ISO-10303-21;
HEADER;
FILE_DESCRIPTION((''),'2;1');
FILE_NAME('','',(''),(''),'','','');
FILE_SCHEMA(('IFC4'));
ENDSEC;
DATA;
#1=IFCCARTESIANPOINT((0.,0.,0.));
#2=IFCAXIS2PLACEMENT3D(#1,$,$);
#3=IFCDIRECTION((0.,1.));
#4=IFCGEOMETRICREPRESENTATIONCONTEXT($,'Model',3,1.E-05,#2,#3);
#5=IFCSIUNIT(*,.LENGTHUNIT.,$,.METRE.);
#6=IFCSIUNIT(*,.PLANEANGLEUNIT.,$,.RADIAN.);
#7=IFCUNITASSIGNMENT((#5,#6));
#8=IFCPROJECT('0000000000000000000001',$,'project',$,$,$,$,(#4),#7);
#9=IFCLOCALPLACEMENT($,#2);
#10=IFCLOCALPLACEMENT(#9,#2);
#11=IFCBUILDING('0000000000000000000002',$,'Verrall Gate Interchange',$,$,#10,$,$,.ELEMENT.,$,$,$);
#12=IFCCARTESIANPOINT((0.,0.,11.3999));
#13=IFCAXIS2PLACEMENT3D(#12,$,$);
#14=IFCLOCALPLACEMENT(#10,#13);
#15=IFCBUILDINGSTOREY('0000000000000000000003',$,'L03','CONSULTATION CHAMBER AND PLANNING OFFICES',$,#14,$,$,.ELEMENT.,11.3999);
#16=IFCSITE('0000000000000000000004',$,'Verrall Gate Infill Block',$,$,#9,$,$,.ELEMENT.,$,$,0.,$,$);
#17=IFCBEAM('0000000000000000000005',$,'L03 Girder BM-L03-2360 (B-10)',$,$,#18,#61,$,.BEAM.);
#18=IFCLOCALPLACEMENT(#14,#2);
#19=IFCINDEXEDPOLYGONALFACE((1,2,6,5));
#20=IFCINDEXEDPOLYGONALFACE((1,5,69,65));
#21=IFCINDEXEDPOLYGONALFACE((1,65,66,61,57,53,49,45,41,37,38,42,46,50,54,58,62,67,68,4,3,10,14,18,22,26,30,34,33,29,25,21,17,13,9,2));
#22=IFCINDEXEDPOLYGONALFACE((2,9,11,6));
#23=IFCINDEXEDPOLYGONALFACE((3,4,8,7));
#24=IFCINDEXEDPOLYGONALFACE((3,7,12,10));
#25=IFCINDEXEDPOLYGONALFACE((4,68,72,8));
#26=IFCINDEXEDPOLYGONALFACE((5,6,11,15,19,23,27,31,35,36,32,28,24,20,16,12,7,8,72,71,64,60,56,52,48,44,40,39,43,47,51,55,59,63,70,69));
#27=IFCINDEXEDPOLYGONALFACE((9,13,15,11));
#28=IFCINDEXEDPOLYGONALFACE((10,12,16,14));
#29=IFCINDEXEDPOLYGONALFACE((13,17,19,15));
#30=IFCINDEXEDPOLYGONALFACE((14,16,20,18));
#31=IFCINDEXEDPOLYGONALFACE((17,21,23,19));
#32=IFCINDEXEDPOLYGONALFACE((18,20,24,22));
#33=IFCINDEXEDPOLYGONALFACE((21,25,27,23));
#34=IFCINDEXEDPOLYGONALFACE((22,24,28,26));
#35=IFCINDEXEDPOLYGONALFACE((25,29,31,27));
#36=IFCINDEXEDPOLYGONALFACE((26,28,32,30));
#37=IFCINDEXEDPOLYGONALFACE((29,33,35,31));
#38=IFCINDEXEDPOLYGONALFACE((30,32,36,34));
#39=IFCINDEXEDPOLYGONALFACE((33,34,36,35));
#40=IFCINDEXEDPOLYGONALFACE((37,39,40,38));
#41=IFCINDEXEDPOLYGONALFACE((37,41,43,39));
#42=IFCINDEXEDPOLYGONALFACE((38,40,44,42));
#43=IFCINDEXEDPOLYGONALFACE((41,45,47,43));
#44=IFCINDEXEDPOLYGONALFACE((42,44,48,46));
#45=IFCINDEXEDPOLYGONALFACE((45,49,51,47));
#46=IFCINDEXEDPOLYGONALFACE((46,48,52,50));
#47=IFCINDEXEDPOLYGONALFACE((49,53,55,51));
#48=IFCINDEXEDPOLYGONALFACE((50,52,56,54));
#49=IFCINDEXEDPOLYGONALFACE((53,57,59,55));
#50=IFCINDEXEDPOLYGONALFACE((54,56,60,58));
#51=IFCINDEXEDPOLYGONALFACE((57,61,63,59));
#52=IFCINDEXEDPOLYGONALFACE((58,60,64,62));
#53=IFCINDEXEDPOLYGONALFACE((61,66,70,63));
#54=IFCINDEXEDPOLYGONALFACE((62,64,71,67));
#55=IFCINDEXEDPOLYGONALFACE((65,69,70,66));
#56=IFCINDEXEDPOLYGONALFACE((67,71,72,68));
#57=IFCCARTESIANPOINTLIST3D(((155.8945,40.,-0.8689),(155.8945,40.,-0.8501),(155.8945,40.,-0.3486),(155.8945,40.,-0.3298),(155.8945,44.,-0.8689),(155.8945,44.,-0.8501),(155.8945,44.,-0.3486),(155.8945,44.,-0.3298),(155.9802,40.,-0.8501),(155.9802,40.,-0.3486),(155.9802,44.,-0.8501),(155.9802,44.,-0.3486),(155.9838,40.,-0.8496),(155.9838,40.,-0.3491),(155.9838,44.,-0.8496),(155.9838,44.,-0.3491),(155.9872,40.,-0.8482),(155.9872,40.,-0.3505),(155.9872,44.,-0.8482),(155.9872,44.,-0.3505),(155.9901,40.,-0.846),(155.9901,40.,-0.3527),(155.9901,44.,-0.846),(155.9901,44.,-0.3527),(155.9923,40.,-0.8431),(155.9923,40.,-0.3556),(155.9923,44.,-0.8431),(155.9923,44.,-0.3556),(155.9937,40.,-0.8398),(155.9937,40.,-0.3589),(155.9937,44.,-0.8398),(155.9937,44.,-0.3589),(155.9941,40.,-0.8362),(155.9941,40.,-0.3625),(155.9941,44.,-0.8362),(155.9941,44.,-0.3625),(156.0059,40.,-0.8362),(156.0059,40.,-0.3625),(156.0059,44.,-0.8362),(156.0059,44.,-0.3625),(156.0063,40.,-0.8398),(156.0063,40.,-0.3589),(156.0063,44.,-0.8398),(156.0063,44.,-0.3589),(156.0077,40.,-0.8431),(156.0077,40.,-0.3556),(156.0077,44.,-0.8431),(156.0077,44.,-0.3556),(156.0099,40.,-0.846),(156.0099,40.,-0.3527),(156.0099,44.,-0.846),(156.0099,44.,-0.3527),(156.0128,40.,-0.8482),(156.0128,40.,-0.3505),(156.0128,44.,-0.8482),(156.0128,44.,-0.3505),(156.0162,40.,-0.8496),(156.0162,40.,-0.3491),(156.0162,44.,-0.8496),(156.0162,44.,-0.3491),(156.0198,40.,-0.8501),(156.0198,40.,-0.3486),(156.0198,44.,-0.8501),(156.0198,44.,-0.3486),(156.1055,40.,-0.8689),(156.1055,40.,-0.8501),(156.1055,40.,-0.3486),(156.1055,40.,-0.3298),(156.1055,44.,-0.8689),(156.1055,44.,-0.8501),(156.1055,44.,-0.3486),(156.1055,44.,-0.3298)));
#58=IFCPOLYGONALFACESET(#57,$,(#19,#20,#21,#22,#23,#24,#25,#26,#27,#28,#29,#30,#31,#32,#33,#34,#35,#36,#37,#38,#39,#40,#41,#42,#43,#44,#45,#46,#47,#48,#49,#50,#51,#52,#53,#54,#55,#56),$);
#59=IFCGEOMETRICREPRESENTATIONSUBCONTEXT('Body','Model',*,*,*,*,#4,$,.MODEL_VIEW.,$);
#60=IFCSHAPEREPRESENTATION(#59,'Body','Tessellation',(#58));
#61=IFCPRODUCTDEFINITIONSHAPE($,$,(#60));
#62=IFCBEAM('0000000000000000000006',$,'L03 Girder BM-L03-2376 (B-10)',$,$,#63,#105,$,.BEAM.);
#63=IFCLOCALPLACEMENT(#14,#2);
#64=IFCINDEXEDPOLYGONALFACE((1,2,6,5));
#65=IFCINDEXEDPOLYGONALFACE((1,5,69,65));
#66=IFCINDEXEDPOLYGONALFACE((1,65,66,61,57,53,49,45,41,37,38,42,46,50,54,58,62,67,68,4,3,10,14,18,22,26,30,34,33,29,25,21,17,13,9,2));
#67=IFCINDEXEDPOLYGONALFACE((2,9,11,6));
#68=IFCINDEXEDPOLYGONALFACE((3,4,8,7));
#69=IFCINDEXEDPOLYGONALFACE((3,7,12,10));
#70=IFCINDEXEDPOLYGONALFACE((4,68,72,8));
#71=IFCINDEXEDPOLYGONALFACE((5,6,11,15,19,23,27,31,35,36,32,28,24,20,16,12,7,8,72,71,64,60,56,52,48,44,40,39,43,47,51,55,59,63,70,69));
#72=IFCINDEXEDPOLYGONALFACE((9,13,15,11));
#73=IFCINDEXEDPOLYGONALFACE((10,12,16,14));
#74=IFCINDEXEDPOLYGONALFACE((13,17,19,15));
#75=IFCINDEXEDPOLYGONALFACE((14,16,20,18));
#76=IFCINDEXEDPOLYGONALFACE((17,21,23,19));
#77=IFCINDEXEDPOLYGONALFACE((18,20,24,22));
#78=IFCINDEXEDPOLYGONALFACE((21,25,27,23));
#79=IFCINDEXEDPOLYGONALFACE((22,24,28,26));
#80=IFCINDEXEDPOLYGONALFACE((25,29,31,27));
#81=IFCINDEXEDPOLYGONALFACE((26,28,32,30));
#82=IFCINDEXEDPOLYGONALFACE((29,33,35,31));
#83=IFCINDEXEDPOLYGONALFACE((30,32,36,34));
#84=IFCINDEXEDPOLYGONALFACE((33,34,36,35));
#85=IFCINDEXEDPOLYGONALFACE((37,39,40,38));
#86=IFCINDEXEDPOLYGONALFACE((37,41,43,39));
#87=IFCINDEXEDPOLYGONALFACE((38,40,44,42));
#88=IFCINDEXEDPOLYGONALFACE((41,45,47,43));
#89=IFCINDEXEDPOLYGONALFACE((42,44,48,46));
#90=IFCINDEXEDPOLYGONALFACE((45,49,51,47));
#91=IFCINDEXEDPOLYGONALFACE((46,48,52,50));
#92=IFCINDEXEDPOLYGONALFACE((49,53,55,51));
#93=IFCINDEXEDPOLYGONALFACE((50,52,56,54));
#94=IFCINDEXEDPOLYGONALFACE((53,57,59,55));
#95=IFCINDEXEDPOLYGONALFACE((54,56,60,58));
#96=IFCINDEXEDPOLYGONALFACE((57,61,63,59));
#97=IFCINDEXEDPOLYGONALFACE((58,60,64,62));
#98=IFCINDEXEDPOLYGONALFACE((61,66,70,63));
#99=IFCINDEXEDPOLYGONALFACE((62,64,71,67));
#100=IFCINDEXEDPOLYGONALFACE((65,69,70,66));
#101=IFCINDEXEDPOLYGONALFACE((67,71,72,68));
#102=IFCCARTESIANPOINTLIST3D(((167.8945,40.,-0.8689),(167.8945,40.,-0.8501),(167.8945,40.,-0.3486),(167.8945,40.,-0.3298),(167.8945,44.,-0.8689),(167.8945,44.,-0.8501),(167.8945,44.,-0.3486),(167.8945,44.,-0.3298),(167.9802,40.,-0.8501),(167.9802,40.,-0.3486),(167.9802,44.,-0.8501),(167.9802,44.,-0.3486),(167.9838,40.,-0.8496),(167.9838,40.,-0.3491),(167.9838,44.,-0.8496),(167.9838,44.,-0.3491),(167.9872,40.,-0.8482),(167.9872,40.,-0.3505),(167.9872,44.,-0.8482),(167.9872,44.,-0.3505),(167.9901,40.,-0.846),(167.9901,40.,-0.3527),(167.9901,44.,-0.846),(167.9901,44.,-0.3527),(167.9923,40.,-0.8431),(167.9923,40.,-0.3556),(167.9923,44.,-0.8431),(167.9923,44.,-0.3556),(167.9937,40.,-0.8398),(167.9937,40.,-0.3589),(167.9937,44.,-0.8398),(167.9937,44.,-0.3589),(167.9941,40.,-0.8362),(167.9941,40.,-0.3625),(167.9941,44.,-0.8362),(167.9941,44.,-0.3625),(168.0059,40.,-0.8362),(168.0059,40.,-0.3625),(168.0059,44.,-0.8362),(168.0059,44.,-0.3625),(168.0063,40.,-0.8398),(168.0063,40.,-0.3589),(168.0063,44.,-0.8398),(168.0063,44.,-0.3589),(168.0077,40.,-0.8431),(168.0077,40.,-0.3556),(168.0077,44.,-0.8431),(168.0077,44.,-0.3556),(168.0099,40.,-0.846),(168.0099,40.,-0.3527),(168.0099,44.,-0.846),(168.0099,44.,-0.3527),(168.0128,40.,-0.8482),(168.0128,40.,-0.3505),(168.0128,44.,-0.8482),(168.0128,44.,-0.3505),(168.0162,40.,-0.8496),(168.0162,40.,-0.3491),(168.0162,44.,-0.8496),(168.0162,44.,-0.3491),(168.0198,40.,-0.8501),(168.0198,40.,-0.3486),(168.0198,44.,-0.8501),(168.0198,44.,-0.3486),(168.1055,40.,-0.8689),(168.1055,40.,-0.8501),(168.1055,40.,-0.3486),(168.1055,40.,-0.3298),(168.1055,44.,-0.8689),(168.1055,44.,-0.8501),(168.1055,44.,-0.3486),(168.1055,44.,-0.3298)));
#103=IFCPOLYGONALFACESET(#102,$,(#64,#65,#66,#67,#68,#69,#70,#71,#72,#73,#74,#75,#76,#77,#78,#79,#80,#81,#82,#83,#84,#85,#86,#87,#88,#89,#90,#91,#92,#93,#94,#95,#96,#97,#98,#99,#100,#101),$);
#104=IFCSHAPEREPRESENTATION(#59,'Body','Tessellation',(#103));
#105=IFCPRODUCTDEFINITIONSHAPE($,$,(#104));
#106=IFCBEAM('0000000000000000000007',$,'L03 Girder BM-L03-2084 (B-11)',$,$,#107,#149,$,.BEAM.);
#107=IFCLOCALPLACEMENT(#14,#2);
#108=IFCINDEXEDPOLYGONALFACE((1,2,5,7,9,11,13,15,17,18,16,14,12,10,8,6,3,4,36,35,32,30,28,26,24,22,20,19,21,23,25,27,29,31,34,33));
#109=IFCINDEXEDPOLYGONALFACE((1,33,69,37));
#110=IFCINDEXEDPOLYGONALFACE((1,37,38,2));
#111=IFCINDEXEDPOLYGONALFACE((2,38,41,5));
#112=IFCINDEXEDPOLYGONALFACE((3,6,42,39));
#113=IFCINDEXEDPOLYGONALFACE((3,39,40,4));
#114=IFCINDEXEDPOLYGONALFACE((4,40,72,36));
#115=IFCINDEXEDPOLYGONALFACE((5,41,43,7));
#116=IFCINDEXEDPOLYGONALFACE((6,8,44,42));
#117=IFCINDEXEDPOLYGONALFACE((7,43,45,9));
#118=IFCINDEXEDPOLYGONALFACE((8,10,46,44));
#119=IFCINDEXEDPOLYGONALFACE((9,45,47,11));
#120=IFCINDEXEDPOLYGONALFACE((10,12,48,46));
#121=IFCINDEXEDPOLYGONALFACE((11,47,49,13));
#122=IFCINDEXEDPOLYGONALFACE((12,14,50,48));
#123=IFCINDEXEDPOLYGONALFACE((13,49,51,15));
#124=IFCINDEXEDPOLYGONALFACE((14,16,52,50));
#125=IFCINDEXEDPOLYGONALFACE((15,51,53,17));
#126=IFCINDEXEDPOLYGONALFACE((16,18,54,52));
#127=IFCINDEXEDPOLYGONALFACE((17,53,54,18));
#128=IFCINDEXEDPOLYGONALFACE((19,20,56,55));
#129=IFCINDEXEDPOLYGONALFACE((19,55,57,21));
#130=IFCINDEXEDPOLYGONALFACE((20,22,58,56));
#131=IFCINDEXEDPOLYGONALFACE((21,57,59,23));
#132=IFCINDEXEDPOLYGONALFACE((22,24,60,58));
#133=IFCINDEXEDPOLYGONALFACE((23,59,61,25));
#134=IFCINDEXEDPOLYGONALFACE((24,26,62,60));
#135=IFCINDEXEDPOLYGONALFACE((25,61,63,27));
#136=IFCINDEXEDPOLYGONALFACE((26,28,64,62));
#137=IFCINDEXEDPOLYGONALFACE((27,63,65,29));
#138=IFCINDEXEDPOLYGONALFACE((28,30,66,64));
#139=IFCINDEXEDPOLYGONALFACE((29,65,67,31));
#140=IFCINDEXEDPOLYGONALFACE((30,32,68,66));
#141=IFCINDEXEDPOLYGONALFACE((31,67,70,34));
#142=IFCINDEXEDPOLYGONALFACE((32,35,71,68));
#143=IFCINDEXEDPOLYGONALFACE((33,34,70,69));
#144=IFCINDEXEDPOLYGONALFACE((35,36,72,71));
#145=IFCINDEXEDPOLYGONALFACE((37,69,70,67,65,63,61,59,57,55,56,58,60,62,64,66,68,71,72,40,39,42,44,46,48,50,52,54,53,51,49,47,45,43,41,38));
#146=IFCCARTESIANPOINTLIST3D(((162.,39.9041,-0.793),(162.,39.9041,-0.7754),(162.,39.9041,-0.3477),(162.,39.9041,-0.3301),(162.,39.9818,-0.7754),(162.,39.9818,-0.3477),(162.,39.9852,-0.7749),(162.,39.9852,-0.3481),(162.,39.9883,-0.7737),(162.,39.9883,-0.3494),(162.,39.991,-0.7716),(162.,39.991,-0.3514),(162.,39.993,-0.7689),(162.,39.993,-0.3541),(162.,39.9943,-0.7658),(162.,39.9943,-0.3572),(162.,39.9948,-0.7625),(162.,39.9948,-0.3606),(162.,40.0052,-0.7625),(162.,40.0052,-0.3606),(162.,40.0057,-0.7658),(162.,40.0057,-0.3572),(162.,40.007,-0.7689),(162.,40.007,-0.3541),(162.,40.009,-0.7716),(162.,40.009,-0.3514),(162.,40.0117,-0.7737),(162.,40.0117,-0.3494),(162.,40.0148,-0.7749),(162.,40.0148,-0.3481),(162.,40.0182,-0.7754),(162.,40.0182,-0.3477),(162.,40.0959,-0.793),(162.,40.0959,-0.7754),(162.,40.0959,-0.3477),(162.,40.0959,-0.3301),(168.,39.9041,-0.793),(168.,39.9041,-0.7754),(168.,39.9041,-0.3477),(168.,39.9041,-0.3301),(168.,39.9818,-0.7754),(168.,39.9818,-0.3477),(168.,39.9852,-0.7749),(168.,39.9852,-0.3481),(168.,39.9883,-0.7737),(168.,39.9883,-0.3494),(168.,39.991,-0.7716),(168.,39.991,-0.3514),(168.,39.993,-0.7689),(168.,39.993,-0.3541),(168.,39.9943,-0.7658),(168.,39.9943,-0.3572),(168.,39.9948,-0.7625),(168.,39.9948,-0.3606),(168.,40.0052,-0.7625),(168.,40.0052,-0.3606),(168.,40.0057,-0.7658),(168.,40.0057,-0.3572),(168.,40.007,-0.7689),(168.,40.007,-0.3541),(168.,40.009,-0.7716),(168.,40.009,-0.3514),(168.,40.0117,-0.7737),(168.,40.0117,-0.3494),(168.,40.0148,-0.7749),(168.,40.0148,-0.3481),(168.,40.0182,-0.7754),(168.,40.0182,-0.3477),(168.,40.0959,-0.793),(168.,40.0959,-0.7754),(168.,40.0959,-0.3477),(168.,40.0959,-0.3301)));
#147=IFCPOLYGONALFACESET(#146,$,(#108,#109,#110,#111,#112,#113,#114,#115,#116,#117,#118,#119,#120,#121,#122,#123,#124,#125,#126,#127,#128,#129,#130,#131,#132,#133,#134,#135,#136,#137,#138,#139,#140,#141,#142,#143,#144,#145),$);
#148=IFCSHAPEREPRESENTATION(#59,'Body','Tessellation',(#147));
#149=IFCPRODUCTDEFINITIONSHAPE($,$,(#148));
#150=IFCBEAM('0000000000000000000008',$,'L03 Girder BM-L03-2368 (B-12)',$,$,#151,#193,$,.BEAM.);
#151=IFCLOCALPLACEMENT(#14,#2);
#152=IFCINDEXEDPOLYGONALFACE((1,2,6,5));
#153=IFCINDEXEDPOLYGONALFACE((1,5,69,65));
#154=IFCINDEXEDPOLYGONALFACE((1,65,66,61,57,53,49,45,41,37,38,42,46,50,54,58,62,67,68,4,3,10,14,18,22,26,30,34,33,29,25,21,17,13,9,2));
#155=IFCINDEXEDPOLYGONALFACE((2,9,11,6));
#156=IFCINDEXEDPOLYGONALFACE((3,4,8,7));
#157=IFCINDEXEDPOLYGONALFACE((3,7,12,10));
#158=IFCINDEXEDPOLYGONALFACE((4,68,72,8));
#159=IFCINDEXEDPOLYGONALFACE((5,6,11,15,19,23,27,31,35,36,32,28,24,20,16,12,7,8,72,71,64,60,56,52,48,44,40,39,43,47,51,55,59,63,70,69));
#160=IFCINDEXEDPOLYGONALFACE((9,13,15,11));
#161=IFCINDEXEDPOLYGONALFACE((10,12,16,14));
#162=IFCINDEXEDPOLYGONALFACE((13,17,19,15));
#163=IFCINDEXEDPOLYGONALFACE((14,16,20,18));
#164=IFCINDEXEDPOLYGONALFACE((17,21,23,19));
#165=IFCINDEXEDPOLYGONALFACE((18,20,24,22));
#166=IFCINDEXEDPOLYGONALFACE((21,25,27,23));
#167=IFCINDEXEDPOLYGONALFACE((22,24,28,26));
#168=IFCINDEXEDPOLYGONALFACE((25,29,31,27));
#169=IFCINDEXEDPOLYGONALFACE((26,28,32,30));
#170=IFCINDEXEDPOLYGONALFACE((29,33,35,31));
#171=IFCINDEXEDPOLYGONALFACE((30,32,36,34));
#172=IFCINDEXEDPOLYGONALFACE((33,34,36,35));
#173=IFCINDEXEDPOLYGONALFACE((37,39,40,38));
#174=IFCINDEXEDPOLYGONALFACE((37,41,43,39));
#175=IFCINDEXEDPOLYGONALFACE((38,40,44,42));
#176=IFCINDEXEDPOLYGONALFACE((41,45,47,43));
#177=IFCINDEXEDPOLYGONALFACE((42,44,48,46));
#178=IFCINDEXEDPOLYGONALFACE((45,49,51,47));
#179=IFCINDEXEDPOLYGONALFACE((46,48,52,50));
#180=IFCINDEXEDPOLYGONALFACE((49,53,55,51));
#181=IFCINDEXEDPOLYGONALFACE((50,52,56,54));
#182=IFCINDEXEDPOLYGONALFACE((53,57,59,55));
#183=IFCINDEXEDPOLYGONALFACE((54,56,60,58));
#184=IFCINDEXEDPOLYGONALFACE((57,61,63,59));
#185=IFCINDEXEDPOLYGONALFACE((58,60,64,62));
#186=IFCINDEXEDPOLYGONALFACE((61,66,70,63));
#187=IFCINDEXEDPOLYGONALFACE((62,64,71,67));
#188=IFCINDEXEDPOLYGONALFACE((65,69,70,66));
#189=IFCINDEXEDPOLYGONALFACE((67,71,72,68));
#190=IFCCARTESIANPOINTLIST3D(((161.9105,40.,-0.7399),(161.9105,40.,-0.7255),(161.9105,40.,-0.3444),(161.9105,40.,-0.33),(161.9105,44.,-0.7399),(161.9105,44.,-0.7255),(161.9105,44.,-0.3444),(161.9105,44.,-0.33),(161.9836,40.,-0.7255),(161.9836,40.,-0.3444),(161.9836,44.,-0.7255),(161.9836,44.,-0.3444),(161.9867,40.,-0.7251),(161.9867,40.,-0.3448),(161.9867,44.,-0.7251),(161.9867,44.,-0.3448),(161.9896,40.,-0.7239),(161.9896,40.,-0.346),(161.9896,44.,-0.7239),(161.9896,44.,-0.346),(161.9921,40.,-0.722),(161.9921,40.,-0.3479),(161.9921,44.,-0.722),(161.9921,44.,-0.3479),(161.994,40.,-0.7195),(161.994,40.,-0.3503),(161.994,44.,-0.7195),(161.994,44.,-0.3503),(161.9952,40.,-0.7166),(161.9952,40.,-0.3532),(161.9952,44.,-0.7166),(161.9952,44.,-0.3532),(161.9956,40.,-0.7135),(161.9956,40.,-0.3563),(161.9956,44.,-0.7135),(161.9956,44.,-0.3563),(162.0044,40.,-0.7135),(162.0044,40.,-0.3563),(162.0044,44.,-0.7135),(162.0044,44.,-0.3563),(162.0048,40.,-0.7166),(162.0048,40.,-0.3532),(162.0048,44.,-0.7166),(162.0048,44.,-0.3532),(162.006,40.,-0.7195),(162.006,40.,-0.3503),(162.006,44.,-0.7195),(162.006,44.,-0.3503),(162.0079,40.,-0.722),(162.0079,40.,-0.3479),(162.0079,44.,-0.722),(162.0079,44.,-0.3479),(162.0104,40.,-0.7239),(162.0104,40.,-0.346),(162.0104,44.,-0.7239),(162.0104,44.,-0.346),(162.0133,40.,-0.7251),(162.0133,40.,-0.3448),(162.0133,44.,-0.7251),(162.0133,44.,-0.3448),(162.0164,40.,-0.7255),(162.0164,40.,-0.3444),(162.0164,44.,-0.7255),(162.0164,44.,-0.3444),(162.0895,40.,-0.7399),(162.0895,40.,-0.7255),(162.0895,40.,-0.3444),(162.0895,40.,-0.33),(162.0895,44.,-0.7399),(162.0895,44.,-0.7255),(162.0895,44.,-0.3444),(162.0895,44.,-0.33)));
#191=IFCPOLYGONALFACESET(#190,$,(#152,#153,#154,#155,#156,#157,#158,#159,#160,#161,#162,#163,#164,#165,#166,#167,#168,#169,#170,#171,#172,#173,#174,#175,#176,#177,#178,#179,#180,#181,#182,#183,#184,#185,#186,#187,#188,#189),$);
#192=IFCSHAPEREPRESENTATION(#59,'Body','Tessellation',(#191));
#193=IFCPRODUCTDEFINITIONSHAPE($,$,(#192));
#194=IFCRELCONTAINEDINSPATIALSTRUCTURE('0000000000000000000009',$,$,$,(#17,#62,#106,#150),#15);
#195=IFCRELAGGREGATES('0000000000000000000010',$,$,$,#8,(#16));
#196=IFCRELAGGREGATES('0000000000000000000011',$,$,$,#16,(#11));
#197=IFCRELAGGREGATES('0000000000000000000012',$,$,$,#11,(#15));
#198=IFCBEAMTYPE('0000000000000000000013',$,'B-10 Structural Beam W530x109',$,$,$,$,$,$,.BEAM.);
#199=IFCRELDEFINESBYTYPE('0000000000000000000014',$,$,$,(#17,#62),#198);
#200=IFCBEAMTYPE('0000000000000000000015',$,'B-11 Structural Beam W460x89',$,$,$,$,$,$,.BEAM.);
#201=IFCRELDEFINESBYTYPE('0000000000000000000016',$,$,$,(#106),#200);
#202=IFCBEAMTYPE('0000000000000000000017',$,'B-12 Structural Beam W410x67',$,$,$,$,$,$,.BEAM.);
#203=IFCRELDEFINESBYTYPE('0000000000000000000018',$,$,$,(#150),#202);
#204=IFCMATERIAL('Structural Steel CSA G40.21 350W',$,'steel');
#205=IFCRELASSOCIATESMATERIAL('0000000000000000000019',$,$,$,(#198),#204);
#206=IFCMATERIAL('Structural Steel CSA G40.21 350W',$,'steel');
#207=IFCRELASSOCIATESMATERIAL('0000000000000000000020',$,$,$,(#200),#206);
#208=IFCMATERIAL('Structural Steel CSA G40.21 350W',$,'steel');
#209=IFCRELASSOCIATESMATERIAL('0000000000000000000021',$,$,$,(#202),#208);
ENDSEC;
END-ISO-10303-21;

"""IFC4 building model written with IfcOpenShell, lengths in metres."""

from ifc_helpers import new_model, si_unit, direction, frame, origin, origin_2d, place, context, subcontext, project, spatial, i_section, extrude, material, material_profile, profile_set, type_object, element, save


model = new_model("IFC4")

# Units and contexts
model_context = context("Model", 3, precision=1e-05, world=origin(), true_north=direction((0.0, 1.0)))
body_context = subcontext(model_context, "Body", "Model", "MODEL_VIEW")
ifc_project = project(units=[si_unit("LENGTHUNIT", "METRE"), si_unit("PLANEANGLEUNIT", "RADIAN")], contexts=[model_context])

# Site, building, storey
site_placement = place(None, origin())
site = spatial("IfcSite", under=ifc_project, at=site_placement, Name="Verrall Gate Infill Block", CompositionType="ELEMENT", RefElevation=0.0)
building_placement = place(site_placement, origin())
building = spatial("IfcBuilding", under=site, at=building_placement, Name="Verrall Gate Interchange", CompositionType="ELEMENT")
storey_placement = place(building_placement, frame((0.0, 0.0, 11.3999)))
storey = spatial("IfcBuildingStorey", under=building, at=storey_placement, Name="L03", Description="CONSULTATION CHAMBER AND PLANNING OFFICES", CompositionType="ELEMENT", Elevation=11.3999)

# Beams
ifc_material_1 = material(Name="Structural Steel CSA G40.21 350W", Category="steel")
ifc_material_profile_1 = material_profile(ifc_material_1, i_section(OverallWidth=0.2109, OverallDepth=0.5391, WebThickness=0.0117, FlangeThickness=0.0188, FilletRadius=0.0139, at=origin_2d()), Name="W530x109")
ifc_profile_set_1 = profile_set([ifc_material_profile_1], Name="Structural Steel CSA G40.21 350W")
beam_type_1 = type_object("IfcBeamType", Name="B-10 Structural Beam W530x109", PredefinedType="BEAM", material=ifc_profile_set_1)
for number, where, z_axis, x_axis, name in (
    (1, (156.0, 40.0, -0.5994), (0.0, 1.0, 0.0), (-1.0, 0.0, 0.0), "L03 Girder BM-L03-2360 (B-10)"),
    (2, (168.0, 40.0, -0.5994), (0.0, 1.0, 0.0), (-1.0, 0.0, 0.0), "L03 Girder BM-L03-2376 (B-10)"),
):
    element("IfcBeam", number, at=place(storey_placement, frame(where, z_axis=z_axis, x_axis=x_axis)), inside=storey, type_object=beam_type_1, Name=name, PredefinedType="BEAM", context=body_context, shape_type="SweptSolid", body=[
        extrude(i_section(OverallWidth=0.2109, OverallDepth=0.5391, WebThickness=0.0117, FlangeThickness=0.0188, FilletRadius=0.0139, at=origin_2d()), origin(), (0.0, 0.0, 1.0), 4.0),
    ])
ifc_material_2 = material(Name="Structural Steel CSA G40.21 350W", Category="steel")
ifc_material_profile_2 = material_profile(ifc_material_2, i_section(OverallWidth=0.1919, OverallDepth=0.4629, WebThickness=0.0105, FlangeThickness=0.0176, FilletRadius=0.0129, at=origin_2d()), Name="W460x89")
ifc_profile_set_2 = profile_set([ifc_material_profile_2], Name="Structural Steel CSA G40.21 350W")
beam_type_2 = type_object("IfcBeamType", Name="B-11 Structural Beam W460x89", PredefinedType="BEAM", material=ifc_profile_set_2)
beam_1_placement = place(storey_placement, frame((162.0, 40.0, -0.5615), z_axis=(1.0, 0.0, 0.0), x_axis=(0.0, 1.0, 0.0)))
element("IfcBeam", 3, at=beam_1_placement, inside=storey, type_object=beam_type_2, Name="L03 Girder BM-L03-2084 (B-11)", PredefinedType="BEAM", context=body_context, shape_type="SweptSolid", body=[
    extrude(i_section(OverallWidth=0.1919, OverallDepth=0.4629, WebThickness=0.0105, FlangeThickness=0.0176, FilletRadius=0.0129, at=origin_2d()), origin(), (0.0, 0.0, 1.0), 6.0),
])
ifc_material_3 = material(Name="Structural Steel CSA G40.21 350W", Category="steel")
ifc_material_profile_3 = material_profile(ifc_material_3, i_section(OverallWidth=0.179, OverallDepth=0.4099, WebThickness=0.0088, FlangeThickness=0.0144, FilletRadius=0.012, at=origin_2d()), Name="W410x67")
ifc_profile_set_3 = profile_set([ifc_material_profile_3], Name="Structural Steel CSA G40.21 350W")
beam_type_3 = type_object("IfcBeamType", Name="B-12 Structural Beam W410x67", PredefinedType="BEAM", material=ifc_profile_set_3)
beam_2_placement = place(storey_placement, frame((162.0, 40.0, -0.5349), z_axis=(0.0, 1.0, 0.0), x_axis=(-1.0, 0.0, 0.0)))
element("IfcBeam", 4, at=beam_2_placement, inside=storey, type_object=beam_type_3, Name="L03 Girder BM-L03-2368 (B-12)", PredefinedType="BEAM", context=body_context, shape_type="SweptSolid", body=[
    extrude(i_section(OverallWidth=0.179, OverallDepth=0.4099, WebThickness=0.0088, FlangeThickness=0.0144, FilletRadius=0.012, at=origin_2d()), origin(), (0.0, 0.0, 1.0), 4.0),
])

save(model, "model.ifc")
